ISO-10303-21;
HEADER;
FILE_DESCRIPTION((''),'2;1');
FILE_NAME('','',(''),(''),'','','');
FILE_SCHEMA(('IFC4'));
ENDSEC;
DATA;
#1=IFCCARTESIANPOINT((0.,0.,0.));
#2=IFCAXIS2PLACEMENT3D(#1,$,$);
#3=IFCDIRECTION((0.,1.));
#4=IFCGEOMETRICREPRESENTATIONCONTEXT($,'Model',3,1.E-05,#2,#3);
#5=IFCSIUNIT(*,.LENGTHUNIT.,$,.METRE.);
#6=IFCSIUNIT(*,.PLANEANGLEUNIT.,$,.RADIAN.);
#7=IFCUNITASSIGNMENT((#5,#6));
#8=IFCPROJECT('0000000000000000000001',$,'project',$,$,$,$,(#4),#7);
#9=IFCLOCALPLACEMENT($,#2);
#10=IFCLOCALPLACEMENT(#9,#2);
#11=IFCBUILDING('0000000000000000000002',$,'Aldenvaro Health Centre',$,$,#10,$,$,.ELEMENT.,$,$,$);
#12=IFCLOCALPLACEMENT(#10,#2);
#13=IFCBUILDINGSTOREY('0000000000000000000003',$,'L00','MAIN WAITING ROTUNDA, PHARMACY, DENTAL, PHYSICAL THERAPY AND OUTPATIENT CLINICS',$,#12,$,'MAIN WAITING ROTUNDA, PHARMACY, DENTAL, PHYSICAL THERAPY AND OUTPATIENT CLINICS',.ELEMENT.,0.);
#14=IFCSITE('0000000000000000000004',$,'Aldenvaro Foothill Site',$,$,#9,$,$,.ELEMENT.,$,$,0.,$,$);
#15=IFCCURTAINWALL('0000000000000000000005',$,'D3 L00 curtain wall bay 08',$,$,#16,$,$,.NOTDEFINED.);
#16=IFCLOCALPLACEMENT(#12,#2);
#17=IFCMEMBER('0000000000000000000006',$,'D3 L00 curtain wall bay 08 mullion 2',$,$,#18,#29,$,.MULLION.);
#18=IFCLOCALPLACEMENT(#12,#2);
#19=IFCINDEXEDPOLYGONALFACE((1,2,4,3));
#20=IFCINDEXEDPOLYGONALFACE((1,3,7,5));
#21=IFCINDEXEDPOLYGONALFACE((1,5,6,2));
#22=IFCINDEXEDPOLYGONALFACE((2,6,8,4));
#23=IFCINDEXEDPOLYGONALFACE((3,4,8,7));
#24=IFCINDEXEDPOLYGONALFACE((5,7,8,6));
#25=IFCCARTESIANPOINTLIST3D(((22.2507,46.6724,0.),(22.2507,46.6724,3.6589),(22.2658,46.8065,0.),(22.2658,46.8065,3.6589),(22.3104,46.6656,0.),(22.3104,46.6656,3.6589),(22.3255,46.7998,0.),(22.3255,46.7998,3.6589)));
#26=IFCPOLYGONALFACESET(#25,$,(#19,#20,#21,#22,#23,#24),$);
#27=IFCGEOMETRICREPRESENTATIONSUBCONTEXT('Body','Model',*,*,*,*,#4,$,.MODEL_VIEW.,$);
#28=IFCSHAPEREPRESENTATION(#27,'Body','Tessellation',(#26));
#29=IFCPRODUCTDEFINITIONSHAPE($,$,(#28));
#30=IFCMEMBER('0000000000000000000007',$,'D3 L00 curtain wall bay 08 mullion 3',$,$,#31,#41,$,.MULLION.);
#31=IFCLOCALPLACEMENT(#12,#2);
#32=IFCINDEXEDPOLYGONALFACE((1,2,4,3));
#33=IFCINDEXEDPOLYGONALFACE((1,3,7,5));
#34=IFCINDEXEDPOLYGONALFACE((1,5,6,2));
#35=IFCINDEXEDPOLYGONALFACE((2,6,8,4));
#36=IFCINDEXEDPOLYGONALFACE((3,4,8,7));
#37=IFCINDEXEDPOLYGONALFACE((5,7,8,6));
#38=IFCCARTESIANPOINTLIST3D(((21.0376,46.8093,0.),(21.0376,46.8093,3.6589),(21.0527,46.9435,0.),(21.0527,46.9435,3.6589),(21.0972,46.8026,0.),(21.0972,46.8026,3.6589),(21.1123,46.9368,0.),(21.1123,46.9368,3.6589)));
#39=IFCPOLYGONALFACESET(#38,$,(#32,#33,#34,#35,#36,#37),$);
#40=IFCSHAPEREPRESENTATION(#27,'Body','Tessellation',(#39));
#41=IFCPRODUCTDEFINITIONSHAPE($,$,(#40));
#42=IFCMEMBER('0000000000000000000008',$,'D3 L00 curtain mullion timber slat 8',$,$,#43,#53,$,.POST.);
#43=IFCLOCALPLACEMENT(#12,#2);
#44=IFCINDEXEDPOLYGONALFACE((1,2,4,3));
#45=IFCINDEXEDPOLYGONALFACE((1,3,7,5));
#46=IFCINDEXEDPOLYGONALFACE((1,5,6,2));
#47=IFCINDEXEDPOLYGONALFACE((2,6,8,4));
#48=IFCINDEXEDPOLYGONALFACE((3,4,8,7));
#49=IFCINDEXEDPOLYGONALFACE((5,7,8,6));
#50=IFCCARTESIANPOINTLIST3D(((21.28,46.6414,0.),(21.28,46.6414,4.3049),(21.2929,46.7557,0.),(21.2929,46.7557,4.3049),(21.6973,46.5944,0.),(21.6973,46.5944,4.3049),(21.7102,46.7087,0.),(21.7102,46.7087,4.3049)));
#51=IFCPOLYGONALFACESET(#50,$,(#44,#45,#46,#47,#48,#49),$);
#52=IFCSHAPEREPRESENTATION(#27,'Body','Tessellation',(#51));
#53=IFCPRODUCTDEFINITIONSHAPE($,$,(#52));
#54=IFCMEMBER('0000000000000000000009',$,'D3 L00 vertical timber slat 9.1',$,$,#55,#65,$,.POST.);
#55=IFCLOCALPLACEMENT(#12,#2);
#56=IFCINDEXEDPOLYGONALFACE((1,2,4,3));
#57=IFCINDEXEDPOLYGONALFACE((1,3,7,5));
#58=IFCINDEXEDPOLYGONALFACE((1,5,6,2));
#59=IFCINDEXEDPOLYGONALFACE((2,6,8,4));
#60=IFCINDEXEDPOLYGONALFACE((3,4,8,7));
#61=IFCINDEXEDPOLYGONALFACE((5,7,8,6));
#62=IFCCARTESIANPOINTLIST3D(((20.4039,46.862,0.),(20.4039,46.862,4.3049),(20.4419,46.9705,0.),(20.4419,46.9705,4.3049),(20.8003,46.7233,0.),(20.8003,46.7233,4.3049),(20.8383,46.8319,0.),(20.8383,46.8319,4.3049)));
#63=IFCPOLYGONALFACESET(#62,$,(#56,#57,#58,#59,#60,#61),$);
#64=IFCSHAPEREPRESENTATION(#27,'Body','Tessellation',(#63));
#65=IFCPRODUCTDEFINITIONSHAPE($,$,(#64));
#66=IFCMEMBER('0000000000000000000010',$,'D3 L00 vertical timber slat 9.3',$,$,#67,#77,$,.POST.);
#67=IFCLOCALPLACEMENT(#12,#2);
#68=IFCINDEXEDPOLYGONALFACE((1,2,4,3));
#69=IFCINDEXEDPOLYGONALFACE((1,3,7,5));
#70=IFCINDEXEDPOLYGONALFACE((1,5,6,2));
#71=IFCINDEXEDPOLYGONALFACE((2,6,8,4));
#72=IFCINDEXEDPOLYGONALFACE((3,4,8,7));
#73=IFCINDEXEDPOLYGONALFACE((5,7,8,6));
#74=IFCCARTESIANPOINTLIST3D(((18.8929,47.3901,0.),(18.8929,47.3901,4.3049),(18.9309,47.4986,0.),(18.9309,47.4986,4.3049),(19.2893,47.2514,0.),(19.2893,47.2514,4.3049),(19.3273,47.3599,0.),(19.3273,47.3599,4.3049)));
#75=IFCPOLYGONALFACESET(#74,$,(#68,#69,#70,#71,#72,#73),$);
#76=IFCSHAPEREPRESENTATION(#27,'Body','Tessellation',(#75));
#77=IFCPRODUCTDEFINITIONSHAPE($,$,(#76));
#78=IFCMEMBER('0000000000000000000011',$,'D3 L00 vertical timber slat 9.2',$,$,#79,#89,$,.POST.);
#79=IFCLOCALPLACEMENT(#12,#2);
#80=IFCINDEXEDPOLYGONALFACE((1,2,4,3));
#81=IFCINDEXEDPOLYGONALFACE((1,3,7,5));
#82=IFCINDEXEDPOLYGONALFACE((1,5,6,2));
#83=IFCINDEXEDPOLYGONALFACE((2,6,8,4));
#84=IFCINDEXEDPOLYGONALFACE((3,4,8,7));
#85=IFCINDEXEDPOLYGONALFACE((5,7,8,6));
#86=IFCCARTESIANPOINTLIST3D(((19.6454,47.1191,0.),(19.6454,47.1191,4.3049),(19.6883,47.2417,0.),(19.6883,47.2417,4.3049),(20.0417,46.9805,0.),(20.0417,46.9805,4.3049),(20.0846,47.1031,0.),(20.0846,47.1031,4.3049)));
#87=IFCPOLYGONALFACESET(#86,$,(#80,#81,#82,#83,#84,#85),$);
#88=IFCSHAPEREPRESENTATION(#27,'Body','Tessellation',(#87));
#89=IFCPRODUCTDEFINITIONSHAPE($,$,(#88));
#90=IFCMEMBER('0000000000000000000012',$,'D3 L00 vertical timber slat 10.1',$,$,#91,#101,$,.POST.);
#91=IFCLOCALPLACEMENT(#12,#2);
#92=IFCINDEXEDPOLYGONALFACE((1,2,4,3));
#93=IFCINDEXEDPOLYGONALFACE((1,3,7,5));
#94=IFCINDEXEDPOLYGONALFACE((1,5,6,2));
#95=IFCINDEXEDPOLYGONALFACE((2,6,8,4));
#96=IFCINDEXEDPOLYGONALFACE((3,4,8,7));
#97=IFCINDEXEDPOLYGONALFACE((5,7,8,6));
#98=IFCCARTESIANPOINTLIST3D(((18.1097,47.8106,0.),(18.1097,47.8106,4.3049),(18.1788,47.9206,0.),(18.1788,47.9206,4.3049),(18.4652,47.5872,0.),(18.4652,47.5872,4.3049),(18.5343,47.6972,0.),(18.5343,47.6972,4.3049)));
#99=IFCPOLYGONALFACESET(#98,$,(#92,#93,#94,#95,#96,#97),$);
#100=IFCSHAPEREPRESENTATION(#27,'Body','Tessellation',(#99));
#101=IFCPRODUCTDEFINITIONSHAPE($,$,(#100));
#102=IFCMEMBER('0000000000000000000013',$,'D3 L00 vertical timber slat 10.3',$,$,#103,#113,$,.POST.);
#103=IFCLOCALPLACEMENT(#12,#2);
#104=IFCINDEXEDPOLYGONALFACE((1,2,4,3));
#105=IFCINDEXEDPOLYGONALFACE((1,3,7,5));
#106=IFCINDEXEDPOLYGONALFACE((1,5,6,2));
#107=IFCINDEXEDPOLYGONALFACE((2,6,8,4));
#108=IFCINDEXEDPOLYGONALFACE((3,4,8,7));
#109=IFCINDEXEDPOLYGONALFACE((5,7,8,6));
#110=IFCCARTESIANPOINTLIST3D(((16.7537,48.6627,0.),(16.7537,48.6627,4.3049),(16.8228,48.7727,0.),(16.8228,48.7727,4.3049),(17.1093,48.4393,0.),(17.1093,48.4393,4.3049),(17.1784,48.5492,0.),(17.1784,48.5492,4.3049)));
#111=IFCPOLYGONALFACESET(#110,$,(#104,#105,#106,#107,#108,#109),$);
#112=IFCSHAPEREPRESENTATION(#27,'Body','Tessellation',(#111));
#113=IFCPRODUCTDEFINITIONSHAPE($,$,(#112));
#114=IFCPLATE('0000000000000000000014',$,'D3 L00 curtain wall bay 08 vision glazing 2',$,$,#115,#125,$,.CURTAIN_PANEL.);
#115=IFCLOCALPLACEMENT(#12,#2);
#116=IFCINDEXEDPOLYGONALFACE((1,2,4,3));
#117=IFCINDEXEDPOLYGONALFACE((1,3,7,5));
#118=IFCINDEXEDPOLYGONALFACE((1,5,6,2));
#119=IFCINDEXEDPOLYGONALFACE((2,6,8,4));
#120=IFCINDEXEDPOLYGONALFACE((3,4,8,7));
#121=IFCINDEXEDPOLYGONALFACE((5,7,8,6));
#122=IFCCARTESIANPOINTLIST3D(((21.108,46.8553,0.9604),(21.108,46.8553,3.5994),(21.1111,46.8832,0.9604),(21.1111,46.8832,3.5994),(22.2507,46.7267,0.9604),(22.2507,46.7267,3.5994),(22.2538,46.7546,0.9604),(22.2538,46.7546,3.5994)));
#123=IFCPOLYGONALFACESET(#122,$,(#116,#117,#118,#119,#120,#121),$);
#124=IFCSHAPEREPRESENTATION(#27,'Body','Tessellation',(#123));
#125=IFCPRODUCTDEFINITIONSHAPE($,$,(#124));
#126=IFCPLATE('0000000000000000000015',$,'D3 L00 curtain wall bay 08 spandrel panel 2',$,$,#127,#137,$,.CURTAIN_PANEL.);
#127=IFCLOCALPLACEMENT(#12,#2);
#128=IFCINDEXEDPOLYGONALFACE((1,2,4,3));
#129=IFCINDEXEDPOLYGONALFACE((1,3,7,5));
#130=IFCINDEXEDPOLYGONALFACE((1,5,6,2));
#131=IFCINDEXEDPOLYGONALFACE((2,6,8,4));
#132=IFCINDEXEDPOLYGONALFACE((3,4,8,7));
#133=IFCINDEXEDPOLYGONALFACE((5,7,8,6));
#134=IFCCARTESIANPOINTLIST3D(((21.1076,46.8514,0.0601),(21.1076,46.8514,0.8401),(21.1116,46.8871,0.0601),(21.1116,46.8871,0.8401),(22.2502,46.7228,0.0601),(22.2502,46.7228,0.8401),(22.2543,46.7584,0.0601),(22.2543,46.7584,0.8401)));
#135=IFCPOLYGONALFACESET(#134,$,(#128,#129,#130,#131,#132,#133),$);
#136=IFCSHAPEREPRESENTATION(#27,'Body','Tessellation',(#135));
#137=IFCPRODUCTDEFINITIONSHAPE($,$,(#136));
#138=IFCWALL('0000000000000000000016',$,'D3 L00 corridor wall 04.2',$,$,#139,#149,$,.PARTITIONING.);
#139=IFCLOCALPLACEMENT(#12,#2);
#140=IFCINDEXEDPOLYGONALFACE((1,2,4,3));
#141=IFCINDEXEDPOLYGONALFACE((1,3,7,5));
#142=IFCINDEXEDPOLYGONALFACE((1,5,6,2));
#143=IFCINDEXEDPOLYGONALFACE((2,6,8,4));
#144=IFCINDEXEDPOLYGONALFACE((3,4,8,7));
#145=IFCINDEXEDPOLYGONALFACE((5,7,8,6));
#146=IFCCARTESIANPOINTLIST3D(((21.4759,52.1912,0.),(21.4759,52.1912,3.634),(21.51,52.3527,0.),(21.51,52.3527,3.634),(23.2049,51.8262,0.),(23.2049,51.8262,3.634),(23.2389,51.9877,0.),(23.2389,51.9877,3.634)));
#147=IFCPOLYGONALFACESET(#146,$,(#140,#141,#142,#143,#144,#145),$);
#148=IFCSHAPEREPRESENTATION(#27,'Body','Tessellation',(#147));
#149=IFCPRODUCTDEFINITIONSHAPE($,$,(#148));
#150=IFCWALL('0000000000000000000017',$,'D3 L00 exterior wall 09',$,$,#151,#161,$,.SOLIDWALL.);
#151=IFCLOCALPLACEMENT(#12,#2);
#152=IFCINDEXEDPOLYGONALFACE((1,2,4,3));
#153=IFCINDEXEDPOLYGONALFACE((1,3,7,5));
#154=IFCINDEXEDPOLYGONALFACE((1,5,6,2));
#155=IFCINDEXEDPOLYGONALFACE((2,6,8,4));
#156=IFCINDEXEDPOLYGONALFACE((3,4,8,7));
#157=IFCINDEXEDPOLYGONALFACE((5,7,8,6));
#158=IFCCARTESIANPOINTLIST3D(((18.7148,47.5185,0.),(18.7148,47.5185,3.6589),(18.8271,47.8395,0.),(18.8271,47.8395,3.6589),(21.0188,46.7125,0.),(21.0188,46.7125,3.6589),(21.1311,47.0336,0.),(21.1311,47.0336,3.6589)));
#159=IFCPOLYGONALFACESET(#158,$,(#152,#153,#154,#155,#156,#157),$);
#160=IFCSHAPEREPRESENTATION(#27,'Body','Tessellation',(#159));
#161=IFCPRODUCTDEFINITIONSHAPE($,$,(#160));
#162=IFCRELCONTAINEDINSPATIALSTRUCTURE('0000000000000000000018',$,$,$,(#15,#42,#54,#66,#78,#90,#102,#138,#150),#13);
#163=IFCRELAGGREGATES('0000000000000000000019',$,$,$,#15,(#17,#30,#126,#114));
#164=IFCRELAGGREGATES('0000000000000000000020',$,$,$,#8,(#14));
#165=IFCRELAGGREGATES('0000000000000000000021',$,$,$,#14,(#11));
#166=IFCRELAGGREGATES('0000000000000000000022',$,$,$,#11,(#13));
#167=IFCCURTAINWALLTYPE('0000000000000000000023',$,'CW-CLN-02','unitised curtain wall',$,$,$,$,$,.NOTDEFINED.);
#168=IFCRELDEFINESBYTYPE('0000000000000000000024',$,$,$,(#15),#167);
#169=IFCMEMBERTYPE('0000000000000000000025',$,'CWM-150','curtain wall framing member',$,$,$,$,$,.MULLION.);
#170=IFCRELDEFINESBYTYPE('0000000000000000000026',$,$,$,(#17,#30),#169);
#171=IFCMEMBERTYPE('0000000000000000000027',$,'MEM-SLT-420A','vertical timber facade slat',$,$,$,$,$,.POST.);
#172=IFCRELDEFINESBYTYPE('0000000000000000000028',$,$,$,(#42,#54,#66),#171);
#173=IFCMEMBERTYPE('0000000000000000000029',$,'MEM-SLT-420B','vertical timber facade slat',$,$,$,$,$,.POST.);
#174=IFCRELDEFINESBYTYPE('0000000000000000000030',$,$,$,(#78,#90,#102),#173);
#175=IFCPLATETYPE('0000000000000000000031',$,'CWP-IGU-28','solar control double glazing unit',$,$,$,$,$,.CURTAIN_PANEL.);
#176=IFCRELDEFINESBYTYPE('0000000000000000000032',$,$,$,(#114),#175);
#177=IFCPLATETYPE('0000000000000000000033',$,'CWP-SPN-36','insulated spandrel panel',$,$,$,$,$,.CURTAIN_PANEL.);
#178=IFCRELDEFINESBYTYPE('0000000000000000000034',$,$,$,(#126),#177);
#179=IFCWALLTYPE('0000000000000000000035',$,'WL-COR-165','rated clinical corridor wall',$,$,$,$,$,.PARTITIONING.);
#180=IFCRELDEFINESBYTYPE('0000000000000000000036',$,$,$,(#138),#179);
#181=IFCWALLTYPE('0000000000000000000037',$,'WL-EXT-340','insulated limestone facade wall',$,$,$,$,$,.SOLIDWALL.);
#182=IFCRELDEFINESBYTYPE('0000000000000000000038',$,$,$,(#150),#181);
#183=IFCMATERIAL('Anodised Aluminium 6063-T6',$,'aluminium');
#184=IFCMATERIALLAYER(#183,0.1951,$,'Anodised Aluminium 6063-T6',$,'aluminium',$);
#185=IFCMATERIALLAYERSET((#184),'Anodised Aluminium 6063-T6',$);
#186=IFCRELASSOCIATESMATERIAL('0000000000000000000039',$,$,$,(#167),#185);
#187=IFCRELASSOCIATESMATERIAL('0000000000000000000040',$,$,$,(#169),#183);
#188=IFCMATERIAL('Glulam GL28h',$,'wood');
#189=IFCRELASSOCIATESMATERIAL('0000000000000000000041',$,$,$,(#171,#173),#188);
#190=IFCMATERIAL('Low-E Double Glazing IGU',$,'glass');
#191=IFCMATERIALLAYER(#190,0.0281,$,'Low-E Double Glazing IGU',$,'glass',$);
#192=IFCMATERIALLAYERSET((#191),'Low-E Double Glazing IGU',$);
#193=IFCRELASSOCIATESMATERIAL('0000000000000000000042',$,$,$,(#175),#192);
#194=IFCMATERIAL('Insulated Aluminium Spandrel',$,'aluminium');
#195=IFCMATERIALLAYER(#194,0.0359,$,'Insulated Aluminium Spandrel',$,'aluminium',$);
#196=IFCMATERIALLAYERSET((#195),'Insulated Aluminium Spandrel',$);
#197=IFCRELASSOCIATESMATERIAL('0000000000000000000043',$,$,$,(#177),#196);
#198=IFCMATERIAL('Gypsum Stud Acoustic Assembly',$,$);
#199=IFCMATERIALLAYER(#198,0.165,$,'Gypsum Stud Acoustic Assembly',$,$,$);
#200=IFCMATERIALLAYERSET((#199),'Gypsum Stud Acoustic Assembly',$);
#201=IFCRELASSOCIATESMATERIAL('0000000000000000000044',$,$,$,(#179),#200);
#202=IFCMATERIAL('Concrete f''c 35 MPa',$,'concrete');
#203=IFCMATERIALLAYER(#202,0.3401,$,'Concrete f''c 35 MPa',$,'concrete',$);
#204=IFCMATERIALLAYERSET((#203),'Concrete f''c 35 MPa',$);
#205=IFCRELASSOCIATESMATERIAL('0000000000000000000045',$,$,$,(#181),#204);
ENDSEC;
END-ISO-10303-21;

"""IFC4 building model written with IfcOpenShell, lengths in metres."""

from ifc_helpers import new_model, si_unit, direction, frame, frame_2d, origin, origin_2d, place, context, subcontext, project, spatial, rectangle, extrude, material, layer, layer_set, material_profile, profile_set, type_object, element, aggregate, save


model = new_model("IFC4")

# Units and contexts
model_context = context("Model", 3, precision=1e-05, world=origin(), true_north=direction((0.0, 1.0)))
body_context = subcontext(model_context, "Body", "Model", "MODEL_VIEW")
ifc_project = project(units=[si_unit("LENGTHUNIT", "METRE"), si_unit("PLANEANGLEUNIT", "RADIAN")], contexts=[model_context])

# Site, building, storey
site_placement = place(None, origin())
site = spatial("IfcSite", under=ifc_project, at=site_placement, Name="Aldenvaro Foothill Site", CompositionType="ELEMENT", RefElevation=0.0)
building_placement = place(site_placement, origin())
building = spatial("IfcBuilding", under=site, at=building_placement, Name="Aldenvaro Health Centre", CompositionType="ELEMENT")
storey_placement = place(building_placement, origin())
storey = spatial("IfcBuildingStorey", under=building, at=storey_placement, Name="L00", Description="MAIN WAITING ROTUNDA, PHARMACY, DENTAL, PHYSICAL THERAPY AND OUTPATIENT CLINICS", LongName="MAIN WAITING ROTUNDA, PHARMACY, DENTAL, PHYSICAL THERAPY AND OUTPATIENT CLINICS", CompositionType="ELEMENT", Elevation=0.0)

# Shared definitions
ifc_material_1 = material(Name="Glulam GL28h", Category="wood")

# Curtain wall, members
ifc_material_2 = material(Name="Anodised Aluminium 6063-T6", Category="aluminium")
ifc_layer_1 = layer(ifc_material_2, 0.1951, Name="Anodised Aluminium 6063-T6", Category="aluminium")
ifc_layer_set_1 = layer_set([ifc_layer_1], Name="Anodised Aluminium 6063-T6")
curtain_wall_type = type_object("IfcCurtainWallType", Name="CW-CLN-02", Description="unitised curtain wall", PredefinedType="NOTDEFINED", material=ifc_layer_set_1)
curtain_wall_placement = place(storey_placement, origin())
curtain_wall = element("IfcCurtainWall", 1, at=curtain_wall_placement, inside=storey, type_object=curtain_wall_type, Name="D3 L00 curtain wall bay 08", PredefinedType="NOTDEFINED")
ifc_material_profile_1 = material_profile(ifc_material_2, rectangle(XDim=0.0601, YDim=0.135, at=origin_2d()), Name="ALU 60x135", Category="aluminium")
ifc_profile_set_1 = profile_set([ifc_material_profile_1], Name="Anodised Aluminium 6063-T6")
member_type_1 = type_object("IfcMemberType", Name="CWM-150", Description="curtain wall framing member", PredefinedType="MULLION", material=ifc_profile_set_1)
member_1_placement = place(storey_placement, frame((22.2881, 46.7361, 0.0), z_axis=(0.0, 0.0, 1.0), x_axis=(-0.993723, 0.111871, 0.0)))
member_1 = element("IfcMember", 2, at=member_1_placement, type_object=member_type_1, Name="D3 L00 curtain wall bay 08 mullion 2", PredefinedType="MULLION", context=body_context, shape_type="SweptSolid", body=[
    extrude(rectangle(XDim=0.0601, YDim=0.135, at=origin_2d()), origin(), (0.0, 0.0, 1.0), 3.6589),
])
member_2_placement = place(storey_placement, frame((21.075, 46.873, 0.0), z_axis=(0.0, 0.0, 1.0), x_axis=(-0.993723, 0.111871, 0.0)))
member_2 = element("IfcMember", 3, at=member_2_placement, type_object=member_type_1, Name="D3 L00 curtain wall bay 08 mullion 3", PredefinedType="MULLION", context=body_context, shape_type="SweptSolid", body=[
    extrude(rectangle(XDim=0.0601, YDim=0.135, at=origin_2d()), origin(), (0.0, 0.0, 1.0), 3.6589),
])

# Members
ifc_material_profile_2 = material_profile(ifc_material_1, rectangle(XDim=0.115, YDim=0.4199, at=origin_2d()), Name="GL 115x420", Category="wood")
ifc_profile_set_2 = profile_set([ifc_material_profile_2], Name="Glulam GL28h")
member_type_2 = type_object("IfcMemberType", Name="MEM-SLT-420A", Description="vertical timber facade slat", PredefinedType="POST", material=ifc_profile_set_2)
for number, where, z_axis, x_axis, name in (
    (4, (21.4951, 46.675, 0.0), (0.0, 0.0, 1.0), (-0.111871, -0.993723, 0.0), "D3 L00 curtain mullion timber slat 8"),
    (5, (20.6211, 46.8469, 0.0), (0.0, 0.0, 1.0), (-0.330204, -0.943909, 0.0), "D3 L00 vertical timber slat 9.1"),
    (6, (19.1101, 47.375, 0.0), (0.0, 0.0, 1.0), (-0.330204, -0.943909, 0.0), "D3 L00 vertical timber slat 9.3"),
):
    element("IfcMember", number, at=place(storey_placement, frame(where, z_axis=z_axis, x_axis=x_axis)), inside=storey, type_object=member_type_2, Name=name, PredefinedType="POST", context=body_context, shape_type="SweptSolid", body=[
        extrude(rectangle(XDim=0.115, YDim=0.4199, at=origin_2d()), origin(), (0.0, 0.0, 1.0), 4.3049),
    ])
ifc_material_profile_3 = material_profile(ifc_material_1, rectangle(XDim=0.1299, YDim=0.4199, at=origin_2d()), Name="GL 130x420", Category="wood")
ifc_profile_set_3 = profile_set([ifc_material_profile_3], Name="Glulam GL28h")
member_type_3 = type_object("IfcMemberType", Name="MEM-SLT-420B", Description="vertical timber facade slat", PredefinedType="POST", material=ifc_profile_set_3)
for number, where, z_axis, x_axis, name in (
    (7, (19.865, 47.1111, 0.0), (0.0, 0.0, 1.0), (-0.330204, -0.943909, 0.0), "D3 L00 vertical timber slat 9.2"),
    (8, (18.322, 47.7539, 0.0), (0.0, 0.0, 1.0), (-0.532096, -0.846684, 0.0), "D3 L00 vertical timber slat 10.1"),
    (9, (16.9661, 48.606, 0.0), (0.0, 0.0, 1.0), (-0.532096, -0.846684, 0.0), "D3 L00 vertical timber slat 10.3"),
):
    element("IfcMember", number, at=place(storey_placement, frame(where, z_axis=z_axis, x_axis=x_axis)), inside=storey, type_object=member_type_3, Name=name, PredefinedType="POST", context=body_context, shape_type="SweptSolid", body=[
        extrude(rectangle(XDim=0.1299, YDim=0.4199, at=origin_2d()), origin(), (0.0, 0.0, 1.0), 4.3049),
    ])

# Plates
ifc_material_3 = material(Name="Low-E Double Glazing IGU", Category="glass")
ifc_layer_2 = layer(ifc_material_3, 0.0281, Name="Low-E Double Glazing IGU", Category="glass")
ifc_layer_set_2 = layer_set([ifc_layer_2], Name="Low-E Double Glazing IGU")
plate_type_1 = type_object("IfcPlateType", Name="CWP-IGU-28", Description="solar control double glazing unit", PredefinedType="CURTAIN_PANEL", material=ifc_layer_set_2)
plate_1_placement = place(storey_placement, frame((21.6809, 46.8049, 0.9604), z_axis=(0.0, 0.0, 1.0), x_axis=(-0.993723, 0.111871, 0.0)))
plate_1 = element("IfcPlate", 10, at=plate_1_placement, type_object=plate_type_1, Name="D3 L00 curtain wall bay 08 vision glazing 2", PredefinedType="CURTAIN_PANEL", context=body_context, shape_type="SweptSolid", body=[
    extrude(rectangle(XDim=1.1499, YDim=0.0281, at=origin_2d()), origin(), (0.0, 0.0, 1.0), 2.6389),
])
ifc_material_4 = material(Name="Insulated Aluminium Spandrel", Category="aluminium")
ifc_layer_3 = layer(ifc_material_4, 0.0359, Name="Insulated Aluminium Spandrel", Category="aluminium")
ifc_layer_set_3 = layer_set([ifc_layer_3], Name="Insulated Aluminium Spandrel")
plate_type_2 = type_object("IfcPlateType", Name="CWP-SPN-36", Description="insulated spandrel panel", PredefinedType="CURTAIN_PANEL", material=ifc_layer_set_3)
plate_2_placement = place(storey_placement, frame((21.6809, 46.8049, 0.0601), z_axis=(0.0, 0.0, 1.0), x_axis=(-0.993723, 0.111871, 0.0)))
plate_2 = element("IfcPlate", 11, at=plate_2_placement, type_object=plate_type_2, Name="D3 L00 curtain wall bay 08 spandrel panel 2", PredefinedType="CURTAIN_PANEL", context=body_context, shape_type="SweptSolid", body=[
    extrude(rectangle(XDim=1.1499, YDim=0.0359, at=origin_2d()), origin(), (0.0, 0.0, 1.0), 0.78),
])
aggregate(curtain_wall, [member_1, member_2, plate_2, plate_1])

# Walls
ifc_material_5 = material(Name="Gypsum Stud Acoustic Assembly")
ifc_layer_4 = layer(ifc_material_5, 0.165, Name="Gypsum Stud Acoustic Assembly")
ifc_layer_set_4 = layer_set([ifc_layer_4], Name="Gypsum Stud Acoustic Assembly")
wall_type_1 = type_object("IfcWallType", Name="WL-COR-165", Description="rated clinical corridor wall", PredefinedType="PARTITIONING", material=ifc_layer_set_4)
wall_1_placement = place(storey_placement, frame((21.4929, 52.272, 0.0), z_axis=(0.0, 0.0, 1.0), x_axis=(0.978437, -0.206547, 0.0)))
element("IfcWall", 12, at=wall_1_placement, inside=storey, type_object=wall_type_1, Name="D3 L00 corridor wall 04.2", PredefinedType="PARTITIONING", context=body_context, shape_type="SweptSolid", body=[
    extrude(rectangle(XDim=1.7671, YDim=0.165, at=frame_2d((0.8835, 0.0))), origin(), (0.0, 0.0, 1.0), 3.634),
])
ifc_material_6 = material(Name="Concrete f'c 35 MPa", Category="concrete")
ifc_layer_5 = layer(ifc_material_6, 0.3401, Name="Concrete f'c 35 MPa", Category="concrete")
ifc_layer_set_5 = layer_set([ifc_layer_5], Name="Concrete f'c 35 MPa")
wall_type_2 = type_object("IfcWallType", Name="WL-EXT-340", Description="insulated limestone facade wall", PredefinedType="SOLIDWALL", material=ifc_layer_set_5)
wall_2_placement = place(storey_placement, frame((21.075, 46.873, 0.0), z_axis=(0.0, 0.0, 1.0), x_axis=(-0.943919, 0.330177, 0.0)))
element("IfcWall", 13, at=wall_2_placement, inside=storey, type_object=wall_type_2, Name="D3 L00 exterior wall 09", PredefinedType="SOLIDWALL", context=body_context, shape_type="SweptSolid", body=[
    extrude(rectangle(XDim=2.4409, YDim=0.3401, at=frame_2d((1.2205, 0.0))), origin(), (0.0, 0.0, 1.0), 3.6589),
])

save(model, "model.ifc")
